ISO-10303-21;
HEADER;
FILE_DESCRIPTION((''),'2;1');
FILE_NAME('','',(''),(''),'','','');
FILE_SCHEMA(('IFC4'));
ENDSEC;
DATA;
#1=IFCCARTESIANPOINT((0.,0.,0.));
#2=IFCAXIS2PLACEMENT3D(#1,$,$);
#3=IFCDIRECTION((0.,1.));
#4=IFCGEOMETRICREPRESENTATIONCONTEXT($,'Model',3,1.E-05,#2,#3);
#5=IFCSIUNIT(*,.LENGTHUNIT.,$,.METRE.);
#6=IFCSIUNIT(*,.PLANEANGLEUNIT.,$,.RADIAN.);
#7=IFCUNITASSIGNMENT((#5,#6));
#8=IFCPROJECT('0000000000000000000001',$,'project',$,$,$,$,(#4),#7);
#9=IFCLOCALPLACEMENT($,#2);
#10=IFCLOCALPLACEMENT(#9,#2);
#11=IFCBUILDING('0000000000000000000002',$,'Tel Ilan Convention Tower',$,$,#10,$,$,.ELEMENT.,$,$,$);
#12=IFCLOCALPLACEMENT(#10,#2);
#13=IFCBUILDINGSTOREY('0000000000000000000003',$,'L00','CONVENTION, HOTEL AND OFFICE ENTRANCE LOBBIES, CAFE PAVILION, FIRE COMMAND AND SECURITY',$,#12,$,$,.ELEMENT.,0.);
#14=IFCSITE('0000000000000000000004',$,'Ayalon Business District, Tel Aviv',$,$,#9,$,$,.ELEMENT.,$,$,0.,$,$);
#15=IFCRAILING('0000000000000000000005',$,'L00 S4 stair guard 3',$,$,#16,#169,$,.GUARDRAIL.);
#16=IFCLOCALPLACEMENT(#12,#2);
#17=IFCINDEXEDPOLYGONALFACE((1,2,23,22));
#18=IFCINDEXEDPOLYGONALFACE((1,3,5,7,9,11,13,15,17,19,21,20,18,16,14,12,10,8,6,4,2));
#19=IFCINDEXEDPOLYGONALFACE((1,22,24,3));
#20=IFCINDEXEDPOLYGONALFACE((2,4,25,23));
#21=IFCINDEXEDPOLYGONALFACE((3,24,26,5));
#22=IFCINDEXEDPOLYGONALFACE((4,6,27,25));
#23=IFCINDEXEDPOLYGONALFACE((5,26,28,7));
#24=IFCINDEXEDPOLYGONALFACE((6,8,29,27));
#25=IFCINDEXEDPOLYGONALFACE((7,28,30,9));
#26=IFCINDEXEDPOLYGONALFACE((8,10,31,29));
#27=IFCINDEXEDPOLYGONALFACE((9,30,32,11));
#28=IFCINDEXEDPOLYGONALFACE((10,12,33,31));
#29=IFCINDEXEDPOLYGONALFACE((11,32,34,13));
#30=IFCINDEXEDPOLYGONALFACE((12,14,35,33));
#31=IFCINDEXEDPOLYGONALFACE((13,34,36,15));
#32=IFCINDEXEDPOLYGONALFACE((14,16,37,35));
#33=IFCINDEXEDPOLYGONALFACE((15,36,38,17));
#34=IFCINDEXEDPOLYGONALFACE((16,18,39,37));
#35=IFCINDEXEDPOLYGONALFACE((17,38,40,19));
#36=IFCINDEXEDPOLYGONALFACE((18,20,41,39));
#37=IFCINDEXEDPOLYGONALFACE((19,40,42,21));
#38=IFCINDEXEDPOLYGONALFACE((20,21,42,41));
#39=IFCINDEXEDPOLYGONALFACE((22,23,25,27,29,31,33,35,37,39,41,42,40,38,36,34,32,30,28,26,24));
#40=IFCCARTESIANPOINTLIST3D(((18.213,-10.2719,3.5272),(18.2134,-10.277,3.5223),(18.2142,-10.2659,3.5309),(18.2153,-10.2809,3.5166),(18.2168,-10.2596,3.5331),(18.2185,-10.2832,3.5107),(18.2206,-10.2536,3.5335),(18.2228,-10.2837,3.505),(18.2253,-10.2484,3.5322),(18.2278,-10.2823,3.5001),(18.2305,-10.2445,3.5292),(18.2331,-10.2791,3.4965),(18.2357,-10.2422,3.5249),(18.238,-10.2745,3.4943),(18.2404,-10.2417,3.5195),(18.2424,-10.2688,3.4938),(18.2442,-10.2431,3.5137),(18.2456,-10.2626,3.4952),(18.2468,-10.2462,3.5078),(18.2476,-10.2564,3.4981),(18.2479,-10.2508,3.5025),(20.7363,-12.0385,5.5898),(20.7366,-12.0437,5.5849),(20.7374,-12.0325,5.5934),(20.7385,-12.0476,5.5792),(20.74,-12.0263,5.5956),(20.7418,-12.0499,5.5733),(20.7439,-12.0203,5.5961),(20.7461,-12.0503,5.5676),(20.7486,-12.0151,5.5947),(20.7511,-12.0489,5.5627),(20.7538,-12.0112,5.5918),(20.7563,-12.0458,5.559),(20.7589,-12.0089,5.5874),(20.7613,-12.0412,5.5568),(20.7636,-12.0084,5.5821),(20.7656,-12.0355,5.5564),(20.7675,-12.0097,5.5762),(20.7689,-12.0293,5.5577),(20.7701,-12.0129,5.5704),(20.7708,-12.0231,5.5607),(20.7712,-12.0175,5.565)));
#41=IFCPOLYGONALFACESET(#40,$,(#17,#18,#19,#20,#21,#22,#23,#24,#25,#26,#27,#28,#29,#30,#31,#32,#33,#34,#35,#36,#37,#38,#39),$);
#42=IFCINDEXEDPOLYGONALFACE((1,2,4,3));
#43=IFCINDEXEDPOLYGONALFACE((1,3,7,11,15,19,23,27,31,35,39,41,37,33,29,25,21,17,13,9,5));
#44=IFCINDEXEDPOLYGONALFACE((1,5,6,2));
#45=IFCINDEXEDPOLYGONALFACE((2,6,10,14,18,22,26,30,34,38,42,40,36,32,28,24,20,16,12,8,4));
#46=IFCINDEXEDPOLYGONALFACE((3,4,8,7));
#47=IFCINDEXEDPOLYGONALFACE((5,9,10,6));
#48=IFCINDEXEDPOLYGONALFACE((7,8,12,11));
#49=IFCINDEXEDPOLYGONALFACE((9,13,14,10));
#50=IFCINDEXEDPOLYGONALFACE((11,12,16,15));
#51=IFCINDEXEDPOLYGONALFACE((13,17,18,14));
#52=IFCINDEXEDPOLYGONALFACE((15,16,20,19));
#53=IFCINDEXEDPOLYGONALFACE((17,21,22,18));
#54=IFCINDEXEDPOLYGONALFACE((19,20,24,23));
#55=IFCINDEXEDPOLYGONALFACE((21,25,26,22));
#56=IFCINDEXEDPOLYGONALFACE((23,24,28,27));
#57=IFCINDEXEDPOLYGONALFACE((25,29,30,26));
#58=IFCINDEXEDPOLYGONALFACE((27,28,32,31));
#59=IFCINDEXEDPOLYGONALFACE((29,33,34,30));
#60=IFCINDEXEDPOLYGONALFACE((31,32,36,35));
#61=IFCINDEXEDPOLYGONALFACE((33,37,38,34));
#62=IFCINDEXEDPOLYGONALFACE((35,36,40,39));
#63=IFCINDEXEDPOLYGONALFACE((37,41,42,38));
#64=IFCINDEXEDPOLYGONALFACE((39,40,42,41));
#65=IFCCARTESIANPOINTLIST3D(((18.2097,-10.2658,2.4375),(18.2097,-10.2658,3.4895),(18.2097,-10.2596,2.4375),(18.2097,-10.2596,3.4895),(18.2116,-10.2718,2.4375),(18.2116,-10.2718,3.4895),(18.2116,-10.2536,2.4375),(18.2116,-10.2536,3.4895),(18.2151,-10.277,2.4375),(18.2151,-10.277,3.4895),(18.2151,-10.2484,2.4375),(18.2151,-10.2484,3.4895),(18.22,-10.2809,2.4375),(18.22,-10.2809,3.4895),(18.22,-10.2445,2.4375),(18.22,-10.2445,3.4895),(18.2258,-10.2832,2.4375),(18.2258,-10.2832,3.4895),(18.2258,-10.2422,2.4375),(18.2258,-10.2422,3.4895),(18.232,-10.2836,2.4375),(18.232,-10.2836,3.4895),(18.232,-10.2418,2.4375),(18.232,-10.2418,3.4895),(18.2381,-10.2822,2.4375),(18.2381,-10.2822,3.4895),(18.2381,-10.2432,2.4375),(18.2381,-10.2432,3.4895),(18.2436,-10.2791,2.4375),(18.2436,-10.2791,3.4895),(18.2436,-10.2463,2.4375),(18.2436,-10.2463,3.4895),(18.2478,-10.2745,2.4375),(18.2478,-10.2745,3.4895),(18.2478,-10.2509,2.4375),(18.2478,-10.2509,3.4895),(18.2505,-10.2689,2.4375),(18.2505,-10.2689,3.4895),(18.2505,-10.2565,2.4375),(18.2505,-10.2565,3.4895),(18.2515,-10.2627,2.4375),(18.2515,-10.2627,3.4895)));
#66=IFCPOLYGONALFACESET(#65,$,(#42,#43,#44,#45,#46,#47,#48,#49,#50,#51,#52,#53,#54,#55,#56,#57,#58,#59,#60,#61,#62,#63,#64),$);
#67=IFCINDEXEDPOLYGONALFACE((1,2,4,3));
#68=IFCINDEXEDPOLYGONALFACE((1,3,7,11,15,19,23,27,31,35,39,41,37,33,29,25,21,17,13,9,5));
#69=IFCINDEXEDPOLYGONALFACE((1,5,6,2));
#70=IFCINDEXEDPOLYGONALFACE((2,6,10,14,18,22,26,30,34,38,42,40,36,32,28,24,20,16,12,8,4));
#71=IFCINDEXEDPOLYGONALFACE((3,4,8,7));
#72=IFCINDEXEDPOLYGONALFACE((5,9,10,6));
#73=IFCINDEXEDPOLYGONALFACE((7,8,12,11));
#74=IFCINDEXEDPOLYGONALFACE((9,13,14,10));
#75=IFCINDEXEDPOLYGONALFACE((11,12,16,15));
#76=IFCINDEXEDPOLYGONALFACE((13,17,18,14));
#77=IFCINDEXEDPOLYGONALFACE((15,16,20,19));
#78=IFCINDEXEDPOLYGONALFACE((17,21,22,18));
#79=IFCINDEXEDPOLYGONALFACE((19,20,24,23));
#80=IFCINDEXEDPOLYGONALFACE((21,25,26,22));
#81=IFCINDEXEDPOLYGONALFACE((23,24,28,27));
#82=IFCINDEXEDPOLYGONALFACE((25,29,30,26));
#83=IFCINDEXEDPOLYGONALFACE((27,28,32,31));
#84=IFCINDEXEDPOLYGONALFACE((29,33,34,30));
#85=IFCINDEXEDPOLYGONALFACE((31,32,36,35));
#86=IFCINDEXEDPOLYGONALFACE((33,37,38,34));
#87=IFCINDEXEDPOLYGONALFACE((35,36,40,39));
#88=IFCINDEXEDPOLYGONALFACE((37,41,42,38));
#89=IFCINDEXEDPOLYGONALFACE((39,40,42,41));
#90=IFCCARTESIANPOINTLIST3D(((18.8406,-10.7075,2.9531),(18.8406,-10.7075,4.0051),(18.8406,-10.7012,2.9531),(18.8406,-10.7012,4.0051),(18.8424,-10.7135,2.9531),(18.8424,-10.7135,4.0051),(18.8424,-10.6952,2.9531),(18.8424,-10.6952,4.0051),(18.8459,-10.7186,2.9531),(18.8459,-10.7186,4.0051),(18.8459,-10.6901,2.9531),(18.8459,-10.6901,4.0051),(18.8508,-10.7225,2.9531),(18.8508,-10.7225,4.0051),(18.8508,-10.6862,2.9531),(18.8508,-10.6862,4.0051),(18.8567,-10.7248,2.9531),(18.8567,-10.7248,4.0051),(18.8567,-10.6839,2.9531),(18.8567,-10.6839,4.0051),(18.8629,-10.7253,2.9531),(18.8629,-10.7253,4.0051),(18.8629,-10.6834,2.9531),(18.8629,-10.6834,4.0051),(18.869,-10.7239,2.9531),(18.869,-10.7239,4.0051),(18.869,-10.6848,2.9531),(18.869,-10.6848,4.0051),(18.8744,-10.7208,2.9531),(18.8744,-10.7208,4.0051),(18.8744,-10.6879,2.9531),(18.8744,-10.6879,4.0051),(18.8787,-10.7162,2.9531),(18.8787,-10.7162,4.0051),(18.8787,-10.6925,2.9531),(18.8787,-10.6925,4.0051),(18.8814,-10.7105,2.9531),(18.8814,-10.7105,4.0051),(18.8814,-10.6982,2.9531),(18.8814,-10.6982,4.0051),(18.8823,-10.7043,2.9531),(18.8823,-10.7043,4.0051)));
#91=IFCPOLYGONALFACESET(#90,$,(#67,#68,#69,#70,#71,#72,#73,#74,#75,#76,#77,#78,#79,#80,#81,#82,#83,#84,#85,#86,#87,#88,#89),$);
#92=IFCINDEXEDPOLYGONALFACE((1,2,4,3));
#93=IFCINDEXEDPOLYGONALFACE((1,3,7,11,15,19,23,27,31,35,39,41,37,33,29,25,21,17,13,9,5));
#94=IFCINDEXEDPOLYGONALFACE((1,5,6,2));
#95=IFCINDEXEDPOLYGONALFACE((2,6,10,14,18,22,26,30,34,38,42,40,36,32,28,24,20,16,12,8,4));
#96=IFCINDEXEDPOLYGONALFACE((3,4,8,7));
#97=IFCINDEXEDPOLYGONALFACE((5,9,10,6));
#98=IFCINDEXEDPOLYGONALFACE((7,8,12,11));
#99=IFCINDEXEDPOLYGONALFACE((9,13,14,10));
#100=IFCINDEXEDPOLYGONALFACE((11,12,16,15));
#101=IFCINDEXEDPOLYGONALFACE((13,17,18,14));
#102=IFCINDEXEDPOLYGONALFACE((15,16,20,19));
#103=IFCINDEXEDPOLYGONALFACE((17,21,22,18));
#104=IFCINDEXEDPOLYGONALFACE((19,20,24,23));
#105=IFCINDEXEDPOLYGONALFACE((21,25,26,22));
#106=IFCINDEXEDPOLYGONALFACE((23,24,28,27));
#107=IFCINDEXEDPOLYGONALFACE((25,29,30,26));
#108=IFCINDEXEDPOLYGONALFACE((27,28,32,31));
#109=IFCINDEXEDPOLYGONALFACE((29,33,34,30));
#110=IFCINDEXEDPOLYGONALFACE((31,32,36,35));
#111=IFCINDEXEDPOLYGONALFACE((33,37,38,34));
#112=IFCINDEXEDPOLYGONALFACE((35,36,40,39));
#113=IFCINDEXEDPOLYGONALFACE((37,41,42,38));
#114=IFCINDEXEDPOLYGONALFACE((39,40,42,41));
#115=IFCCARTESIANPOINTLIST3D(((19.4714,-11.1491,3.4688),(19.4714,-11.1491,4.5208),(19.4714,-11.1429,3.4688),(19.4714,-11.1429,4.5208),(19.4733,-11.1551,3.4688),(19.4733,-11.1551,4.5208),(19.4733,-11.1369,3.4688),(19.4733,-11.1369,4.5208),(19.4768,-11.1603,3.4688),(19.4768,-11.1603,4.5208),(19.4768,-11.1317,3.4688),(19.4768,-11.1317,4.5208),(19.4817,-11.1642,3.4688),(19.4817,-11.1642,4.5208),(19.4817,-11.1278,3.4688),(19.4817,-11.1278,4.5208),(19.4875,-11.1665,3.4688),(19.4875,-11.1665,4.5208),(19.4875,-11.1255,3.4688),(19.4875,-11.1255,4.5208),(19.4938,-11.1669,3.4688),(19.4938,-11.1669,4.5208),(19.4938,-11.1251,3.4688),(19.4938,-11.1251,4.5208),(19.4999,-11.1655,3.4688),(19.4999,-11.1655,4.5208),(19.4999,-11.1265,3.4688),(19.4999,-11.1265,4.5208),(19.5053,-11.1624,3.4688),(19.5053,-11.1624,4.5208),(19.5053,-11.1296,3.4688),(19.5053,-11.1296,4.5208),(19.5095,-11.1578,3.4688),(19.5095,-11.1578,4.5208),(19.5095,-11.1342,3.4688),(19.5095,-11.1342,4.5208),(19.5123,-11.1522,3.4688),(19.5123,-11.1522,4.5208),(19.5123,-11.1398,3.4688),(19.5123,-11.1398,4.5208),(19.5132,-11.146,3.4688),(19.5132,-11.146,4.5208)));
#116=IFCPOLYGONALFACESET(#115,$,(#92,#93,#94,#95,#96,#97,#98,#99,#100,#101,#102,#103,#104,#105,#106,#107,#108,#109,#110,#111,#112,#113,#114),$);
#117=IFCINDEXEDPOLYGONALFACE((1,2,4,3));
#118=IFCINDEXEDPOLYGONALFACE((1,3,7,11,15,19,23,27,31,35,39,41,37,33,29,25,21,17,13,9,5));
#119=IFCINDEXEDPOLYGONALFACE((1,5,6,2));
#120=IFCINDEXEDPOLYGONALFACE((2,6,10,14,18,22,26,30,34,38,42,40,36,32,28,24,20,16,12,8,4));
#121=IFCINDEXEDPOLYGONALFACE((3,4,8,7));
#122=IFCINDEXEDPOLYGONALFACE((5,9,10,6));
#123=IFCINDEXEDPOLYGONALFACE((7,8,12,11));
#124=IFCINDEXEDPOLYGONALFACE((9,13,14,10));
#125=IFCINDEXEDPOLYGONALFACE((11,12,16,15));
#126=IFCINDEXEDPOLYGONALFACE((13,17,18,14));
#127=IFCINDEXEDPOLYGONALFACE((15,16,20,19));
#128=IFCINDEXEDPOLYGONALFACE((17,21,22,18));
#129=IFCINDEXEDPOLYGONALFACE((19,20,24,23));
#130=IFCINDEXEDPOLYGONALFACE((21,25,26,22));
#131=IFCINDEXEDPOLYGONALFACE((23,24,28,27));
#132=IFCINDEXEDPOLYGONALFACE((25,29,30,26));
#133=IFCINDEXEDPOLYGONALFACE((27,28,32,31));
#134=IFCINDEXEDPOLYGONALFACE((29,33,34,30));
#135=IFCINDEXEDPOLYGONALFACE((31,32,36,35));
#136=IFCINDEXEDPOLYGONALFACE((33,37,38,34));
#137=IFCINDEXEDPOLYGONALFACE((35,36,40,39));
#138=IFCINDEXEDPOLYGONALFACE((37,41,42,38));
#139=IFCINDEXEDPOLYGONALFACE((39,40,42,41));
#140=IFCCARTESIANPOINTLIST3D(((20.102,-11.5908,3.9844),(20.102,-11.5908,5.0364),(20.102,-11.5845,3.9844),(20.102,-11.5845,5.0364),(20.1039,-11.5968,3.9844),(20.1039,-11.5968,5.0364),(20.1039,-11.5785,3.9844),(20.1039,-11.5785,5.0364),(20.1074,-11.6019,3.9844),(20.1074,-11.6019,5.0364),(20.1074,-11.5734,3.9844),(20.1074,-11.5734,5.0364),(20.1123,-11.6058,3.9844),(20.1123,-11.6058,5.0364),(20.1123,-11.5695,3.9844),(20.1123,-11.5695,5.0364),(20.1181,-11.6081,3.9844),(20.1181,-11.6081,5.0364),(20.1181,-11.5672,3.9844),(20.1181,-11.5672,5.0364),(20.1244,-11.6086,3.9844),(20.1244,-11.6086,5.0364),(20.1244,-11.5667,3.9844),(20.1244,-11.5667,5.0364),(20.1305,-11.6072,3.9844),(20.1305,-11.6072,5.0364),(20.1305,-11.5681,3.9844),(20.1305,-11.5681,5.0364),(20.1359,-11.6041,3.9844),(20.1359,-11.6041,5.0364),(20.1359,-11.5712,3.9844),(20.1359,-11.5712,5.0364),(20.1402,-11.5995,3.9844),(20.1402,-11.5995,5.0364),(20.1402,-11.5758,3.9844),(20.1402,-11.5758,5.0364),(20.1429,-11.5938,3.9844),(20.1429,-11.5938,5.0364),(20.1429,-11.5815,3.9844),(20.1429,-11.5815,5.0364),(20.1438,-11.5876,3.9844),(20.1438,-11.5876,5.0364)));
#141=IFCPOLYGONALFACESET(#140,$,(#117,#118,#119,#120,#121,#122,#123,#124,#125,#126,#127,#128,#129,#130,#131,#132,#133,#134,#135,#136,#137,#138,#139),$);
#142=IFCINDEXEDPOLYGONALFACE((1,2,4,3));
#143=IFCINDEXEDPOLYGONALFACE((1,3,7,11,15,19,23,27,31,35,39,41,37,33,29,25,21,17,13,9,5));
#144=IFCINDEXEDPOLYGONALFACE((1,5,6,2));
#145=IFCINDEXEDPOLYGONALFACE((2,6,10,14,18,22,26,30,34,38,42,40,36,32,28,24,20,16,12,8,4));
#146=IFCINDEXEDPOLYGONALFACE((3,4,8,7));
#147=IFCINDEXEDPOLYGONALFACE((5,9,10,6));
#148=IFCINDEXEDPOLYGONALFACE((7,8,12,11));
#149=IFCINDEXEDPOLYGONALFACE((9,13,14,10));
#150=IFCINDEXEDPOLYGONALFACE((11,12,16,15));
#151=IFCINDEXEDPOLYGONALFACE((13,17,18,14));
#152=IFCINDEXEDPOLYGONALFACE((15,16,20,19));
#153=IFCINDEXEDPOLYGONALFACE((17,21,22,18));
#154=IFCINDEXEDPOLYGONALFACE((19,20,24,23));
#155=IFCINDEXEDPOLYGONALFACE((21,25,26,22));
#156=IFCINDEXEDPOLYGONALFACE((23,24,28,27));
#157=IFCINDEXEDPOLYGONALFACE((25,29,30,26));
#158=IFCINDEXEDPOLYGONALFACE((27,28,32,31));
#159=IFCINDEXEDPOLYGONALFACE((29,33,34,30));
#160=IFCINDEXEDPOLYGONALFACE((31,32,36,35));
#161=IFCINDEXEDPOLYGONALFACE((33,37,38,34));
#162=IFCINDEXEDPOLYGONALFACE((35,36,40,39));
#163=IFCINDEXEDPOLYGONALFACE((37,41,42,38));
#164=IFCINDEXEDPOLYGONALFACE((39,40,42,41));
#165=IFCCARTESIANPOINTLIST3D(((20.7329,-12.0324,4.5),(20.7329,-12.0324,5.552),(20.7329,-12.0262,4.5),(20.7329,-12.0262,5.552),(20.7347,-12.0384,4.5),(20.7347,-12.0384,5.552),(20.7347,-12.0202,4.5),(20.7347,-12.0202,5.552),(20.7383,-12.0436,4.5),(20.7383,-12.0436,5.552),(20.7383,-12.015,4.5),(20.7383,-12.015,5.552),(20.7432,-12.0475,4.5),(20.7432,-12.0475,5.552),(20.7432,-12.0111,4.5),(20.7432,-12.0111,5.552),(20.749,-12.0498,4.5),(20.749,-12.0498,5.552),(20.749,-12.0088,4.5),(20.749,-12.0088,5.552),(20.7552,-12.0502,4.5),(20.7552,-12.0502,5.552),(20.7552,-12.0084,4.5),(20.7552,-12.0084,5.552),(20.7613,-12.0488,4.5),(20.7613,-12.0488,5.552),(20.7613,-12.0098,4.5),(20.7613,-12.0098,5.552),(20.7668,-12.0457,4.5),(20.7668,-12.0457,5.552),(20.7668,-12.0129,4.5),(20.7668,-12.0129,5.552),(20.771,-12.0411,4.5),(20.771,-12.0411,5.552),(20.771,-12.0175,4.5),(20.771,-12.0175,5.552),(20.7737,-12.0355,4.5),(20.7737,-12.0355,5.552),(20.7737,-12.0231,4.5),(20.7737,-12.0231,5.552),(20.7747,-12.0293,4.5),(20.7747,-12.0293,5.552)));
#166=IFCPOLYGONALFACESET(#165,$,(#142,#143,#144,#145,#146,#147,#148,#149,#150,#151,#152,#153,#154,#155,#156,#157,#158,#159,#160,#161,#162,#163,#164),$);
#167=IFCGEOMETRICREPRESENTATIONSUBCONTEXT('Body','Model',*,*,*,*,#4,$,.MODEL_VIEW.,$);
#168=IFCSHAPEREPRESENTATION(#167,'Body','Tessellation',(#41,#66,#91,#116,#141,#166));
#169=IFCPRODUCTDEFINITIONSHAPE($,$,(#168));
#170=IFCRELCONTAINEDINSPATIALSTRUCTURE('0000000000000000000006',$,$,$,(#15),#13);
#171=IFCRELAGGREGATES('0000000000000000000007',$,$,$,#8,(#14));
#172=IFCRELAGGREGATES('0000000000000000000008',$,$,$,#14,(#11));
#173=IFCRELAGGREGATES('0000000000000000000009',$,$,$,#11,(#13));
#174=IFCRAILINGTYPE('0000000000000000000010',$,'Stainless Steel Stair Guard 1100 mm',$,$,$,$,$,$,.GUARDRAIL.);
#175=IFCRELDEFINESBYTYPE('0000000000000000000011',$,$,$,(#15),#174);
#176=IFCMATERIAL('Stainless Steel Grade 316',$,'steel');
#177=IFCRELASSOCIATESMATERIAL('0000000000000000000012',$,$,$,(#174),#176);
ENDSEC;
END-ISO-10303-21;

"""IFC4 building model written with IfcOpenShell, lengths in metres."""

from ifc_helpers import new_model, si_unit, direction, frame, origin, origin_2d, place, context, subcontext, project, spatial, circle, extrude, material, type_object, element, save


model = new_model("IFC4")

# Units and contexts
model_context = context("Model", 3, precision=1e-05, world=origin(), true_north=direction((0.0, 1.0)))
body_context = subcontext(model_context, "Body", "Model", "MODEL_VIEW")
ifc_project = project(units=[si_unit("LENGTHUNIT", "METRE"), si_unit("PLANEANGLEUNIT", "RADIAN")], contexts=[model_context])

# Site, building, storey
site_placement = place(None, origin())
site = spatial("IfcSite", under=ifc_project, at=site_placement, Name="Ayalon Business District, Tel Aviv", CompositionType="ELEMENT", RefElevation=0.0)
building_placement = place(site_placement, origin())
building = spatial("IfcBuilding", under=site, at=building_placement, Name="Tel Ilan Convention Tower", CompositionType="ELEMENT")
storey_placement = place(building_placement, origin())
storey = spatial("IfcBuildingStorey", under=building, at=storey_placement, Name="L00", Description="CONVENTION, HOTEL AND OFFICE ENTRANCE LOBBIES, CAFE PAVILION, FIRE COMMAND AND SECURITY", CompositionType="ELEMENT", Elevation=0.0)

# Railing
ifc_material_1 = material(Name="Stainless Steel Grade 316", Category="steel")
railing_type_1 = type_object("IfcRailingType", Name="Stainless Steel Stair Guard 1100 mm", PredefinedType="GUARDRAIL", material=ifc_material_1)
for number, where, name in (
    (1, (18.2305, -10.2627, 2.4375), "L00 S4 stair guard 3"),
):
    element("IfcRailing", number, at=place(storey_placement, frame(where)), inside=storey, type_object=railing_type_1, Name=name, PredefinedType="GUARDRAIL", context=body_context, shape_type="SweptSolid", body=[
        extrude(circle(Radius=0.0239, at=origin_2d()), frame((0.0, 0.0, 1.0762), z_axis=(0.68067, -0.476568, 0.556391), x_axis=(0.573542, 0.819176, 0.0)), (0.0, 0.0, 1.0), 3.707),
        extrude(circle(Radius=0.021, at=origin_2d()), origin(), (0.0, 0.0, 1.0), 1.052),
        extrude(circle(Radius=0.021, at=origin_2d()), frame((0.6309, -0.4417, 0.5156)), (0.0, 0.0, 1.0), 1.052),
        extrude(circle(Radius=0.021, at=origin_2d()), frame((1.2617, -0.8833, 1.0312)), (0.0, 0.0, 1.0), 1.052),
        extrude(circle(Radius=0.021, at=origin_2d()), frame((1.8923, -1.325, 1.5469)), (0.0, 0.0, 1.0), 1.052),
        extrude(circle(Radius=0.021, at=origin_2d()), frame((2.5232, -1.7666, 2.0625)), (0.0, 0.0, 1.0), 1.052),
    ])

save(model, "model.ifc")
